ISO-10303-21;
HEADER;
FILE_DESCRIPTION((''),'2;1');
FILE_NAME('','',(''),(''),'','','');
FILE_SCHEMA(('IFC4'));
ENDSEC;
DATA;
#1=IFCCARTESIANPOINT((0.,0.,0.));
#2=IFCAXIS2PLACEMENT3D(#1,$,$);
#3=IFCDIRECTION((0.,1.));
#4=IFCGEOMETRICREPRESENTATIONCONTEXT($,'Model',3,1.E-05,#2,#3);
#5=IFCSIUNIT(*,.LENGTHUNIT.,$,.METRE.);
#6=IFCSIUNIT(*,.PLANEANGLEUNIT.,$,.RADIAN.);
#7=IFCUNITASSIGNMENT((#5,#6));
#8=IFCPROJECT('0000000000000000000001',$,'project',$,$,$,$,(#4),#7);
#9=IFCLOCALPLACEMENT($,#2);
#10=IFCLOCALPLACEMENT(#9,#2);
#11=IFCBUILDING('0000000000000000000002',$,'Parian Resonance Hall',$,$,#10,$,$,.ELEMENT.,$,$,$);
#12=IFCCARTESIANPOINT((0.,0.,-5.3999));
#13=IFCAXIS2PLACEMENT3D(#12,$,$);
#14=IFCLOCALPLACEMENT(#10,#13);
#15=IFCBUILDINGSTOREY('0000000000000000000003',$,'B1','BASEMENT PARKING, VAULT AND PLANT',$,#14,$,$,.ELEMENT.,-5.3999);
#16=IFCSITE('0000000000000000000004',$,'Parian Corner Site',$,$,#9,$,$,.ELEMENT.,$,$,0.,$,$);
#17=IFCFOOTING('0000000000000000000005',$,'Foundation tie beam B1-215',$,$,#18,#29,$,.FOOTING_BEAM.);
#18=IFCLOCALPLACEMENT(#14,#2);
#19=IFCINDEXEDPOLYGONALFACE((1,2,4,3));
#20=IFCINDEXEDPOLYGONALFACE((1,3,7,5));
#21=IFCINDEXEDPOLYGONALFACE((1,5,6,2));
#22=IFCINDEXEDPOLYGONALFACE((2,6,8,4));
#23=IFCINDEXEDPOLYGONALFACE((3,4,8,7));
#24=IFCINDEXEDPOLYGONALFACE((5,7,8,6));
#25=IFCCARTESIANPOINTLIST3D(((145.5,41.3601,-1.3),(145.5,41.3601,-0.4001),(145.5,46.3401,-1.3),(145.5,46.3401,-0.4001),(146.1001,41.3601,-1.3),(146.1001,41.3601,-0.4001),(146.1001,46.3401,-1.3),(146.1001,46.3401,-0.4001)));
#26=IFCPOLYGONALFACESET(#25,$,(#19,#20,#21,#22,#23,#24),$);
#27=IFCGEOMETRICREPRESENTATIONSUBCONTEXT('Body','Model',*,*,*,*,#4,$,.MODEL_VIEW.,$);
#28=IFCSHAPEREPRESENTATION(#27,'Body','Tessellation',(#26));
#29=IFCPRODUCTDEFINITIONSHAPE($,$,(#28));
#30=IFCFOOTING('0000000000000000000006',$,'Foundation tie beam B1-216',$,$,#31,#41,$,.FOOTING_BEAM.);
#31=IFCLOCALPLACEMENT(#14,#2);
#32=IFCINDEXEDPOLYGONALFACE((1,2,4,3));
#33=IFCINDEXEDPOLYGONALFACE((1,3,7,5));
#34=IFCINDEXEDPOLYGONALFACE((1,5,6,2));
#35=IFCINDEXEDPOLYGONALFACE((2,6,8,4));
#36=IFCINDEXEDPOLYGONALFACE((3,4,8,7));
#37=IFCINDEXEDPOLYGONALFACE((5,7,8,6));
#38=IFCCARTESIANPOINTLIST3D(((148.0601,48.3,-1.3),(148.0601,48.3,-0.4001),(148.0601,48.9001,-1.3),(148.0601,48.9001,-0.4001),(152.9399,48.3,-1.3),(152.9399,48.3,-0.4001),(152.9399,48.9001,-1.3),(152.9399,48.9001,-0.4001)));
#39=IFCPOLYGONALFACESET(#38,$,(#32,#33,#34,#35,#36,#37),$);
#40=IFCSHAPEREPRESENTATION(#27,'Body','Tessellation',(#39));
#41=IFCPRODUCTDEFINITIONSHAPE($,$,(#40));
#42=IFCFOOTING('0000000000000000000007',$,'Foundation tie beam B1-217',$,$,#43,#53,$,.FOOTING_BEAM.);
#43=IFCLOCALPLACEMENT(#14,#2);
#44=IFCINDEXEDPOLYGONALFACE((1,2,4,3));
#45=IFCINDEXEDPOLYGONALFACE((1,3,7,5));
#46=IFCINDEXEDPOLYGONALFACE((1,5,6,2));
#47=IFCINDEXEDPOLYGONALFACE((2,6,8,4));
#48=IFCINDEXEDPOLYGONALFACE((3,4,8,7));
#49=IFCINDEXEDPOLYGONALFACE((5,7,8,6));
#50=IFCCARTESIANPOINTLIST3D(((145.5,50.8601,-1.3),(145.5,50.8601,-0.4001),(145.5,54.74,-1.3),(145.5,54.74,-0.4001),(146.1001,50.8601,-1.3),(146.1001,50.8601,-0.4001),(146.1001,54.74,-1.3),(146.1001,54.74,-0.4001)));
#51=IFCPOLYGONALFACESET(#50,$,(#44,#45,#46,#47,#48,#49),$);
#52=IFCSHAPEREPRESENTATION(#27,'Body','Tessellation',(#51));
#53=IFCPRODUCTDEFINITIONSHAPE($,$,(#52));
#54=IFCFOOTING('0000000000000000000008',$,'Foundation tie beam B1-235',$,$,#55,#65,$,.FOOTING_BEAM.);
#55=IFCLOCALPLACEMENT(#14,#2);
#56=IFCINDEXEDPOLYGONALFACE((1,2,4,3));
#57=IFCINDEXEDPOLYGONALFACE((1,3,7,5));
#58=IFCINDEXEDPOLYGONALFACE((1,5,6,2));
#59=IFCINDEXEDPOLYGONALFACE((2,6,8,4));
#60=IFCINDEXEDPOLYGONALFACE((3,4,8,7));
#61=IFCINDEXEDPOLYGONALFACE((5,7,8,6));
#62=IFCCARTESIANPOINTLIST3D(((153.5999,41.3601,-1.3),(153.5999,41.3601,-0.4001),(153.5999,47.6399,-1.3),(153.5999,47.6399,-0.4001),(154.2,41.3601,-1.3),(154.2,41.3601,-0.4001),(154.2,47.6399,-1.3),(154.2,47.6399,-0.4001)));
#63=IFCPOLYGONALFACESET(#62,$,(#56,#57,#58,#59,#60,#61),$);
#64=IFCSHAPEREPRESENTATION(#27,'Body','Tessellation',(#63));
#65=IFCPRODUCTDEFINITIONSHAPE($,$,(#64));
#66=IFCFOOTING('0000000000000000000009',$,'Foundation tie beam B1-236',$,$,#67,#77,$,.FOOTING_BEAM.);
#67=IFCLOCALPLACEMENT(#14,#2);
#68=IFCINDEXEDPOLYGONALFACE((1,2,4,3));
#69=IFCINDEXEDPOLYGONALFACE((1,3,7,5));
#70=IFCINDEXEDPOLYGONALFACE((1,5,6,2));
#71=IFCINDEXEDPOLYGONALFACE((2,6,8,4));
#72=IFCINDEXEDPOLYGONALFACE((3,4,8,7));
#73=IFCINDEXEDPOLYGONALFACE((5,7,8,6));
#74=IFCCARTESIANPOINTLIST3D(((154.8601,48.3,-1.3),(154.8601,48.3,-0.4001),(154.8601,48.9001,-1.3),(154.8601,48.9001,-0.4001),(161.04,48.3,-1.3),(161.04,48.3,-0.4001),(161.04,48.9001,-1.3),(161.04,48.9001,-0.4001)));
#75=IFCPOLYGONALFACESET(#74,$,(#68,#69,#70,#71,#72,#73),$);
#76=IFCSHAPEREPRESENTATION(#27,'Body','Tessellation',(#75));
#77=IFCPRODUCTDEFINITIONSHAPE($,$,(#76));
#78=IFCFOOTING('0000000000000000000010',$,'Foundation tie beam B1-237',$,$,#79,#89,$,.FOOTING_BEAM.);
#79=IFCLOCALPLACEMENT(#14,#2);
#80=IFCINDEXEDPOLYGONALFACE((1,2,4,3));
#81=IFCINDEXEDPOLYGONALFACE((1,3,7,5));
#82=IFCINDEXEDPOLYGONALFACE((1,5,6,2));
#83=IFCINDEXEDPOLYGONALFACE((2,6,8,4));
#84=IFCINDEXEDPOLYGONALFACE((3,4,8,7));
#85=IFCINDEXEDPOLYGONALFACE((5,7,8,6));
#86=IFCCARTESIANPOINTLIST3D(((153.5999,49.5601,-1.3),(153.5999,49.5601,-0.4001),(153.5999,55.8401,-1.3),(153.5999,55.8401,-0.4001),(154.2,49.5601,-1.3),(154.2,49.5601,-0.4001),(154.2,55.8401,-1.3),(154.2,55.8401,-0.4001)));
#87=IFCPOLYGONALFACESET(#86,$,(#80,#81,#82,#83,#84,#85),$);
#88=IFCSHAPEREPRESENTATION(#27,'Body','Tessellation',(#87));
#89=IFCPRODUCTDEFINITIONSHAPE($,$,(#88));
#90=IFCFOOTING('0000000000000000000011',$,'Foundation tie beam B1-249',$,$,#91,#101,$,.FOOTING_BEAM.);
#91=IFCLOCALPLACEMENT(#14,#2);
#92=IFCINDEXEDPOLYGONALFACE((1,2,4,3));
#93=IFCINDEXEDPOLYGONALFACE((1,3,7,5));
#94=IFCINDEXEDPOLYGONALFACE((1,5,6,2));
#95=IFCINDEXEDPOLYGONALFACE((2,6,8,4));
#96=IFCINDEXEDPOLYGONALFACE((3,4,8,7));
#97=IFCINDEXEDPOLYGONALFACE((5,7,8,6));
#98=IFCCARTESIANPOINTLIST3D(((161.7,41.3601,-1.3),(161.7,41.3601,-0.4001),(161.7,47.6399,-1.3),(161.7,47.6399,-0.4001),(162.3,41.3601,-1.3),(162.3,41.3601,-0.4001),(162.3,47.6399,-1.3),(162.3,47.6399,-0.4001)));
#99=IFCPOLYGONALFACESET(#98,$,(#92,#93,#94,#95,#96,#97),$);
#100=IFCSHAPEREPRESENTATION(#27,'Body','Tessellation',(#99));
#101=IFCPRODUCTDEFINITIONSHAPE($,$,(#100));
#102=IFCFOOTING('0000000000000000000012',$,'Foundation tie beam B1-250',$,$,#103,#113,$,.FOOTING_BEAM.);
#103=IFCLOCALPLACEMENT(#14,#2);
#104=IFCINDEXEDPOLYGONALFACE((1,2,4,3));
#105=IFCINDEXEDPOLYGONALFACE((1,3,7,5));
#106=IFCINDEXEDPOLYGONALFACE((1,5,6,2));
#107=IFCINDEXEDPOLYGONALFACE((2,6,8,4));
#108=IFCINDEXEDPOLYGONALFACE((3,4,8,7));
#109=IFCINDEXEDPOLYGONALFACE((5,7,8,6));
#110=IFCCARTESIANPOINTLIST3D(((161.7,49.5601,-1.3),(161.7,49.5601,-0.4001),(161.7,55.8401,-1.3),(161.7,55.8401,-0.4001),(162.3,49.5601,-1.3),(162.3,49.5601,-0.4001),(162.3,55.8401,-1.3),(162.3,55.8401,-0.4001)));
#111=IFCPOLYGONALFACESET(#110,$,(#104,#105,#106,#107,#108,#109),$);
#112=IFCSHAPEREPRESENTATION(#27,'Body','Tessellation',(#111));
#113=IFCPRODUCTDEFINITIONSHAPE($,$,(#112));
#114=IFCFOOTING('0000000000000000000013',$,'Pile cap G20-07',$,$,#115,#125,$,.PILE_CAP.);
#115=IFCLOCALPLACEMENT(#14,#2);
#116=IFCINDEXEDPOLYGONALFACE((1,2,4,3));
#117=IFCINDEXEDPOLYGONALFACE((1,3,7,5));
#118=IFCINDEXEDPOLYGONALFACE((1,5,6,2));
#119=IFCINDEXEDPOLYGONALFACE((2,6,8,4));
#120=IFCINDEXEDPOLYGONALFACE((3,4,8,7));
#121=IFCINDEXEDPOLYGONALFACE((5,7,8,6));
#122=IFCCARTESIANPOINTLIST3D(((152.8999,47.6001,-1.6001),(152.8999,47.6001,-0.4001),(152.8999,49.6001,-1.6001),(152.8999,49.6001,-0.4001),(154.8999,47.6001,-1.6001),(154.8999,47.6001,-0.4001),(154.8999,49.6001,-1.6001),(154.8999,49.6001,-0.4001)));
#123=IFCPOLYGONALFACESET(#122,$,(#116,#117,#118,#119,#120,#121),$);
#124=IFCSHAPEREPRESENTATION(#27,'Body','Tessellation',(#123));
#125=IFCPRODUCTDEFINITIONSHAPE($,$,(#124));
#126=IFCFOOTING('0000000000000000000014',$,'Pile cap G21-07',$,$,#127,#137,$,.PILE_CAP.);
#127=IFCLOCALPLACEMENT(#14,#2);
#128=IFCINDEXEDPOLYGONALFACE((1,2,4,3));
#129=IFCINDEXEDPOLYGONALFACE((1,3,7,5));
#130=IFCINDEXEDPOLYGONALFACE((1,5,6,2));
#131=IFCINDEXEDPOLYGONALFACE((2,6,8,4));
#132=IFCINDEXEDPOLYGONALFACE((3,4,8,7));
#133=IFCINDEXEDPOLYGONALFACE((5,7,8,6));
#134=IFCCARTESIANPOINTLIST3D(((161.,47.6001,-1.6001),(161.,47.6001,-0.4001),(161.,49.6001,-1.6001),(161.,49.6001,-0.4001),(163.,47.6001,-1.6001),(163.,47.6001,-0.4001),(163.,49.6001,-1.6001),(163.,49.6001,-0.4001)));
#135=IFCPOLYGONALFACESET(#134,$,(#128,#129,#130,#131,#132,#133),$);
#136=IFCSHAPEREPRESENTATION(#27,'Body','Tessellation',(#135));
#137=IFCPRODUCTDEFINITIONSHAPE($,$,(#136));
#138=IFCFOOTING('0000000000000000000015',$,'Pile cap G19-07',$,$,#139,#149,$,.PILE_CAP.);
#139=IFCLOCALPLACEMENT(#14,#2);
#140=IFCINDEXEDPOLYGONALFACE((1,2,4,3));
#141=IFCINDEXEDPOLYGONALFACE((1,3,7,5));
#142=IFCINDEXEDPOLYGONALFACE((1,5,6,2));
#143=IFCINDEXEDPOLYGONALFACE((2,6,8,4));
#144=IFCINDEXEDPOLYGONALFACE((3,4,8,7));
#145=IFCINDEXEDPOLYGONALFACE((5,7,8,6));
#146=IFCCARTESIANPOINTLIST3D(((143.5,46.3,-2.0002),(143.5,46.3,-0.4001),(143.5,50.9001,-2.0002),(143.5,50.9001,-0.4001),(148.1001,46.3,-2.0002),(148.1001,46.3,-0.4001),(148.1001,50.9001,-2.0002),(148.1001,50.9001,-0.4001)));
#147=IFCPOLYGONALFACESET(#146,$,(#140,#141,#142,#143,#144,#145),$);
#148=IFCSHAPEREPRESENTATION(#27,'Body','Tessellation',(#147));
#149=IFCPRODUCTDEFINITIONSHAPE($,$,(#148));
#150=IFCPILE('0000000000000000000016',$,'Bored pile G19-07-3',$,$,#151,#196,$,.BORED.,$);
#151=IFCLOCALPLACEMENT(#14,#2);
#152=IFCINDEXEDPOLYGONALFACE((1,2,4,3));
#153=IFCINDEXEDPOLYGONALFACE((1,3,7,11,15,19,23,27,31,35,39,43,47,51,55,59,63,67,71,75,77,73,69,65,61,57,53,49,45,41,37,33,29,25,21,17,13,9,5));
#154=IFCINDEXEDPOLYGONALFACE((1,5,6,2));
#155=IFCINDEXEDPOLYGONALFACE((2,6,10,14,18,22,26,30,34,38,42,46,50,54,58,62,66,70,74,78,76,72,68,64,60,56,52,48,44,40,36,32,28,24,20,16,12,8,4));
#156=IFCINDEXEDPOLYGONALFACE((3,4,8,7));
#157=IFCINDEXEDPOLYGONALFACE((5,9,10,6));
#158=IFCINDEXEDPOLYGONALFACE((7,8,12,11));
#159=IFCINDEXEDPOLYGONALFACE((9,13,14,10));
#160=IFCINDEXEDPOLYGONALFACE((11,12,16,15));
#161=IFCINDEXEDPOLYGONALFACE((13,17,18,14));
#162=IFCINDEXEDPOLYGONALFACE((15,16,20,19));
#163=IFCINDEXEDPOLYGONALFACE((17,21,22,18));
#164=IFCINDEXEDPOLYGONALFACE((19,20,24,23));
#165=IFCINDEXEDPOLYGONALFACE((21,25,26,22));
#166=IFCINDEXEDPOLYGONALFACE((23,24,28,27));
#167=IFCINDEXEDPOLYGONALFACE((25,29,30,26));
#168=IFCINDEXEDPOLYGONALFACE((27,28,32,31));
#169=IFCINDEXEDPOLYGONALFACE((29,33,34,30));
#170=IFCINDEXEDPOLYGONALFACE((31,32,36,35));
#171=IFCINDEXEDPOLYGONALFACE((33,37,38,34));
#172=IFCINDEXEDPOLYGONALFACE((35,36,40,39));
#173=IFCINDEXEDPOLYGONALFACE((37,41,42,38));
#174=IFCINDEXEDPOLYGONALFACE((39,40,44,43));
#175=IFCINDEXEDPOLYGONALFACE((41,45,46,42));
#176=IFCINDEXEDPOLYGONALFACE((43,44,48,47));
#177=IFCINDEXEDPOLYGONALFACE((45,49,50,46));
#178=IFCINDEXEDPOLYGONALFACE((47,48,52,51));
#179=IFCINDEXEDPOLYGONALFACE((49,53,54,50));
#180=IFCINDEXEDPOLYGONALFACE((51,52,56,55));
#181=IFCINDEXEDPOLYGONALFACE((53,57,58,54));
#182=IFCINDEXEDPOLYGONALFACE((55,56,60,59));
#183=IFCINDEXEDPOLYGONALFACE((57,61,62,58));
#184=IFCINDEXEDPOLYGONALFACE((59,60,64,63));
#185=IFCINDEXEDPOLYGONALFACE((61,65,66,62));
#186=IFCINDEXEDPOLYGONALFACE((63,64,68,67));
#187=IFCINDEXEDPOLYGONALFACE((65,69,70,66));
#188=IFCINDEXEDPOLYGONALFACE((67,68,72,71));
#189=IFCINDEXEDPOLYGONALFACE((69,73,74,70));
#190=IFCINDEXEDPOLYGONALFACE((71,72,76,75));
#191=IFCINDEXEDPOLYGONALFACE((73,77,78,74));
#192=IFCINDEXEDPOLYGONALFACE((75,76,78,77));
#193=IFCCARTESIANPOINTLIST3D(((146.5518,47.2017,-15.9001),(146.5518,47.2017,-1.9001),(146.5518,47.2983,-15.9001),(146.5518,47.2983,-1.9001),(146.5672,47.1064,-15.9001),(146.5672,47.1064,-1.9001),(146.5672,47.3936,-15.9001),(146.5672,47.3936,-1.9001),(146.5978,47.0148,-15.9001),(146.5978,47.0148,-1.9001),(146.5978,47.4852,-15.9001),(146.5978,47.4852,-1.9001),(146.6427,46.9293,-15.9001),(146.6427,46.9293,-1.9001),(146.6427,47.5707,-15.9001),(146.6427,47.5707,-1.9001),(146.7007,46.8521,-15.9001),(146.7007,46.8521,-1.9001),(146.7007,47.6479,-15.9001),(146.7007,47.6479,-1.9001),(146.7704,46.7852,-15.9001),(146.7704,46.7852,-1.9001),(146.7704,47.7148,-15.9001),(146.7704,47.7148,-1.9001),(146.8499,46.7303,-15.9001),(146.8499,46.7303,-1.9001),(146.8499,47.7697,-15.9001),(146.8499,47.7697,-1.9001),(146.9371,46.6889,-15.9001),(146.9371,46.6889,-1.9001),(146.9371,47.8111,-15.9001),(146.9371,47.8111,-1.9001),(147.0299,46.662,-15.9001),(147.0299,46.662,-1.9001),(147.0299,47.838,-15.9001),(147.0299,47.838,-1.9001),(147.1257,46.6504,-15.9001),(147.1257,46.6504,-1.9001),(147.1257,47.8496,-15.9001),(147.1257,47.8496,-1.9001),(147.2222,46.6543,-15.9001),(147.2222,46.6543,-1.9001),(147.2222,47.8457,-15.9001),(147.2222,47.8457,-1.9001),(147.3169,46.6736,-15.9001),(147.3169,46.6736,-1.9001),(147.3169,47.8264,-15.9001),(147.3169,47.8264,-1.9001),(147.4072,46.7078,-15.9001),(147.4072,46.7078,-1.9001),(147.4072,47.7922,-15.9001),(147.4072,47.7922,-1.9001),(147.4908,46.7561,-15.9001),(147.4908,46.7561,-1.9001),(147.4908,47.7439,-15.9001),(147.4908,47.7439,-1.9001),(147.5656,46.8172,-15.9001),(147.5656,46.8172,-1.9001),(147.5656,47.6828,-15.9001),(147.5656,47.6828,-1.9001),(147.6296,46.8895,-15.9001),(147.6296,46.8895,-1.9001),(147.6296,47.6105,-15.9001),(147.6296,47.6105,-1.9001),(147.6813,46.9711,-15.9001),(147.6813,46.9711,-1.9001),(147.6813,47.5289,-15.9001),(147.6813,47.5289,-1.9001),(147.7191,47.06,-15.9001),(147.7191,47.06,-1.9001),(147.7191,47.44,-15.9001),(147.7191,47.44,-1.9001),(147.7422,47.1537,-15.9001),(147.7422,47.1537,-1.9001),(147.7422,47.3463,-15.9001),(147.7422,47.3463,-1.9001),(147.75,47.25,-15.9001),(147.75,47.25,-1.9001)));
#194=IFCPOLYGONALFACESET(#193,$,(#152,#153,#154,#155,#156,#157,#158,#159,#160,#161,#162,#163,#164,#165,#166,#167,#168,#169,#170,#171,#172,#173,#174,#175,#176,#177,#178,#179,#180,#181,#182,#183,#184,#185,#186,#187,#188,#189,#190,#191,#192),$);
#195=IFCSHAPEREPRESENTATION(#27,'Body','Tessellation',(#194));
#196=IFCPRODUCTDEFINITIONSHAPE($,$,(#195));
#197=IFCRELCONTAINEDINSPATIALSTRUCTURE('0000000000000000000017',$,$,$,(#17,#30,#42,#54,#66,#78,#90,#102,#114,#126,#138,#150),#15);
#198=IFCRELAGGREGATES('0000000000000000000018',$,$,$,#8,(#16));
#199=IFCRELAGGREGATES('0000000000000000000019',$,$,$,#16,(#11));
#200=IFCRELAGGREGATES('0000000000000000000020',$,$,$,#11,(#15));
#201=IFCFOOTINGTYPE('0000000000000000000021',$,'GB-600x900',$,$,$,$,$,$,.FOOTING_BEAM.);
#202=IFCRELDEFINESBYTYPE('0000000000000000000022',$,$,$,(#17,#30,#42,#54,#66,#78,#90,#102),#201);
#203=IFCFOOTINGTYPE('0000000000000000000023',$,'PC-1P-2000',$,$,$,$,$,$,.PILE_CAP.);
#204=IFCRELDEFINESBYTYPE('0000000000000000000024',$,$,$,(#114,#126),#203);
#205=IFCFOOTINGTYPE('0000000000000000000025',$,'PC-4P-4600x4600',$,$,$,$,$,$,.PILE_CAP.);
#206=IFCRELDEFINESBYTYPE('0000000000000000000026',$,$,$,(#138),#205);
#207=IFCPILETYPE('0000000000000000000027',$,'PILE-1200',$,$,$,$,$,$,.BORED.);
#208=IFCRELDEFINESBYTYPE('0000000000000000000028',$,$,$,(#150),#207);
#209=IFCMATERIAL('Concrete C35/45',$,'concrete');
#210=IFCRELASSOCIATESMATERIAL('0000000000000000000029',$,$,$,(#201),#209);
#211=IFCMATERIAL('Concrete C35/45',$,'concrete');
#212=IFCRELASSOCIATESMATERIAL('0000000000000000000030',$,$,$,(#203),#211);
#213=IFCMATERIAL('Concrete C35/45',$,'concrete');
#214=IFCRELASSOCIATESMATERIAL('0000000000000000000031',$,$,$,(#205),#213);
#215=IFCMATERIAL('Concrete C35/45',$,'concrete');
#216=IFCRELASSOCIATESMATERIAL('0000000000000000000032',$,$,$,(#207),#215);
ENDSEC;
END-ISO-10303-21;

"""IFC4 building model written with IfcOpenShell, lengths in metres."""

from ifc_helpers import new_model, si_unit, direction, frame, origin, origin_2d, place, context, subcontext, project, spatial, rectangle, circle, extrude, material, material_profile, profile_set, type_object, element, save


model = new_model("IFC4")

# Units and contexts
model_context = context("Model", 3, precision=1e-05, world=origin(), true_north=direction((0.0, 1.0)))
body_context = subcontext(model_context, "Body", "Model", "MODEL_VIEW")
ifc_project = project(units=[si_unit("LENGTHUNIT", "METRE"), si_unit("PLANEANGLEUNIT", "RADIAN")], contexts=[model_context])

# Site, building, storey
site_placement = place(None, origin())
site = spatial("IfcSite", under=ifc_project, at=site_placement, Name="Parian Corner Site", CompositionType="ELEMENT", RefElevation=0.0)
building_placement = place(site_placement, origin())
building = spatial("IfcBuilding", under=site, at=building_placement, Name="Parian Resonance Hall", CompositionType="ELEMENT")
storey_placement = place(building_placement, frame((0.0, 0.0, -5.3999)))
storey = spatial("IfcBuildingStorey", under=building, at=storey_placement, Name="B1", Description="BASEMENT PARKING, VAULT AND PLANT", CompositionType="ELEMENT", Elevation=-5.3999)

# Footings
ifc_material_1 = material(Name="Concrete C35/45", Category="concrete")
ifc_material_profile_1 = material_profile(ifc_material_1, rectangle(XDim=0.6001, YDim=0.8999, at=origin_2d()), Name="RC-GB-600x900")
ifc_profile_set_1 = profile_set([ifc_material_profile_1], Name="Concrete C35/45")
footing_type_1 = type_object("IfcFootingType", Name="GB-600x900", PredefinedType="FOOTING_BEAM", material=ifc_profile_set_1)
footing_1_placement = place(storey_placement, frame((145.8, 41.3601, -0.8501), z_axis=(0.0, 1.0, 0.0), x_axis=(-1.0, 0.0, 0.0)))
element("IfcFooting", 1, at=footing_1_placement, inside=storey, type_object=footing_type_1, Name="Foundation tie beam B1-215", PredefinedType="FOOTING_BEAM", context=body_context, shape_type="SweptSolid", body=[
    extrude(rectangle(XDim=0.6001, YDim=0.8999, at=origin_2d()), origin(), (0.0, 0.0, 1.0), 4.98),
])
footing_2_placement = place(storey_placement, frame((148.0601, 48.6001, -0.8501), z_axis=(1.0, 0.0, 0.0), x_axis=(0.0, 1.0, 0.0)))
element("IfcFooting", 2, at=footing_2_placement, inside=storey, type_object=footing_type_1, Name="Foundation tie beam B1-216", PredefinedType="FOOTING_BEAM", context=body_context, shape_type="SweptSolid", body=[
    extrude(rectangle(XDim=0.6001, YDim=0.8999, at=origin_2d()), origin(), (0.0, 0.0, 1.0), 4.8799),
])
footing_3_placement = place(storey_placement, frame((145.8, 50.8601, -0.8501), z_axis=(0.0, 1.0, 0.0), x_axis=(-1.0, 0.0, 0.0)))
element("IfcFooting", 3, at=footing_3_placement, inside=storey, type_object=footing_type_1, Name="Foundation tie beam B1-217", PredefinedType="FOOTING_BEAM", context=body_context, shape_type="SweptSolid", body=[
    extrude(rectangle(XDim=0.6001, YDim=0.8999, at=origin_2d()), origin(), (0.0, 0.0, 1.0), 3.8799),
])
footing_4_placement = place(storey_placement, frame((153.8999, 41.3601, -0.8501), z_axis=(0.0, 1.0, 0.0), x_axis=(-1.0, 0.0, 0.0)))
element("IfcFooting", 4, at=footing_4_placement, inside=storey, type_object=footing_type_1, Name="Foundation tie beam B1-235", PredefinedType="FOOTING_BEAM", context=body_context, shape_type="SweptSolid", body=[
    extrude(rectangle(XDim=0.6001, YDim=0.8999, at=origin_2d()), origin(), (0.0, 0.0, 1.0), 6.2798),
])
footing_5_placement = place(storey_placement, frame((154.8601, 48.6001, -0.8501), z_axis=(1.0, 0.0, 0.0), x_axis=(0.0, 1.0, 0.0)))
element("IfcFooting", 5, at=footing_5_placement, inside=storey, type_object=footing_type_1, Name="Foundation tie beam B1-236", PredefinedType="FOOTING_BEAM", context=body_context, shape_type="SweptSolid", body=[
    extrude(rectangle(XDim=0.6001, YDim=0.8999, at=origin_2d()), origin(), (0.0, 0.0, 1.0), 6.1799),
])
footing_6_placement = place(storey_placement, frame((153.8999, 49.5601, -0.8501), z_axis=(0.0, 1.0, 0.0), x_axis=(-1.0, 0.0, 0.0)))
element("IfcFooting", 6, at=footing_6_placement, inside=storey, type_object=footing_type_1, Name="Foundation tie beam B1-237", PredefinedType="FOOTING_BEAM", context=body_context, shape_type="SweptSolid", body=[
    extrude(rectangle(XDim=0.6001, YDim=0.8999, at=origin_2d()), origin(), (0.0, 0.0, 1.0), 6.28),
])
footing_7_placement = place(storey_placement, frame((162.0, 41.3601, -0.8501), z_axis=(0.0, 1.0, 0.0), x_axis=(-1.0, 0.0, 0.0)))
element("IfcFooting", 7, at=footing_7_placement, inside=storey, type_object=footing_type_1, Name="Foundation tie beam B1-249", PredefinedType="FOOTING_BEAM", context=body_context, shape_type="SweptSolid", body=[
    extrude(rectangle(XDim=0.6001, YDim=0.8999, at=origin_2d()), origin(), (0.0, 0.0, 1.0), 6.2798),
])
footing_8_placement = place(storey_placement, frame((162.0, 49.5601, -0.8501), z_axis=(0.0, 1.0, 0.0), x_axis=(-1.0, 0.0, 0.0)))
element("IfcFooting", 8, at=footing_8_placement, inside=storey, type_object=footing_type_1, Name="Foundation tie beam B1-250", PredefinedType="FOOTING_BEAM", context=body_context, shape_type="SweptSolid", body=[
    extrude(rectangle(XDim=0.6001, YDim=0.8999, at=origin_2d()), origin(), (0.0, 0.0, 1.0), 6.28),
])
ifc_material_2 = material(Name="Concrete C35/45", Category="concrete")
footing_type_2 = type_object("IfcFootingType", Name="PC-1P-2000", PredefinedType="PILE_CAP", material=ifc_material_2)
for number, where, z_axis, x_axis, name in (
    (9, (153.8999, 48.6001, -1.6001), (0.0, 0.0, 1.0), (1.0, 0.0, 0.0), "Pile cap G20-07"),
    (10, (162.0, 48.6001, -1.6001), (0.0, 0.0, 1.0), (1.0, 0.0, 0.0), "Pile cap G21-07"),
):
    element("IfcFooting", number, at=place(storey_placement, frame(where, z_axis=z_axis, x_axis=x_axis)), inside=storey, type_object=footing_type_2, Name=name, PredefinedType="PILE_CAP", context=body_context, shape_type="SweptSolid", body=[
        extrude(rectangle(XDim=2.0, YDim=2.0, at=origin_2d()), origin(), (0.0, 0.0, 1.0), 1.2),
    ])
ifc_material_3 = material(Name="Concrete C35/45", Category="concrete")
footing_type_3 = type_object("IfcFootingType", Name="PC-4P-4600x4600", PredefinedType="PILE_CAP", material=ifc_material_3)
footing_9_placement = place(storey_placement, frame((145.8, 48.6001, -2.0002), z_axis=(0.0, 0.0, 1.0), x_axis=(1.0, 0.0, 0.0)))
element("IfcFooting", 11, at=footing_9_placement, inside=storey, type_object=footing_type_3, Name="Pile cap G19-07", PredefinedType="PILE_CAP", context=body_context, shape_type="SweptSolid", body=[
    extrude(rectangle(XDim=4.6001, YDim=4.6001, at=origin_2d()), origin(), (0.0, 0.0, 1.0), 1.6001),
])

# Pile
ifc_material_4 = material(Name="Concrete C35/45", Category="concrete")
ifc_material_profile_2 = material_profile(ifc_material_4, circle(Radius=0.6001, at=origin_2d()), Name="PILE-D1200")
ifc_profile_set_2 = profile_set([ifc_material_profile_2], Name="Concrete C35/45")
pile_type = type_object("IfcPileType", Name="PILE-1200", PredefinedType="BORED", material=ifc_profile_set_2)
for number, where, z_axis, x_axis, name in (
    (12, (147.1499, 47.25, -1.9001), (0.0, 0.0, -1.0), (1.0, 0.0, 0.0), "Bored pile G19-07-3"),
):
    element("IfcPile", number, at=place(storey_placement, frame(where, z_axis=z_axis, x_axis=x_axis)), inside=storey, type_object=pile_type, Name=name, PredefinedType="BORED", context=body_context, shape_type="SweptSolid", body=[
        extrude(circle(Radius=0.6001, at=origin_2d()), origin(), (0.0, 0.0, 1.0), 14.0),
    ])

save(model, "model.ifc")
